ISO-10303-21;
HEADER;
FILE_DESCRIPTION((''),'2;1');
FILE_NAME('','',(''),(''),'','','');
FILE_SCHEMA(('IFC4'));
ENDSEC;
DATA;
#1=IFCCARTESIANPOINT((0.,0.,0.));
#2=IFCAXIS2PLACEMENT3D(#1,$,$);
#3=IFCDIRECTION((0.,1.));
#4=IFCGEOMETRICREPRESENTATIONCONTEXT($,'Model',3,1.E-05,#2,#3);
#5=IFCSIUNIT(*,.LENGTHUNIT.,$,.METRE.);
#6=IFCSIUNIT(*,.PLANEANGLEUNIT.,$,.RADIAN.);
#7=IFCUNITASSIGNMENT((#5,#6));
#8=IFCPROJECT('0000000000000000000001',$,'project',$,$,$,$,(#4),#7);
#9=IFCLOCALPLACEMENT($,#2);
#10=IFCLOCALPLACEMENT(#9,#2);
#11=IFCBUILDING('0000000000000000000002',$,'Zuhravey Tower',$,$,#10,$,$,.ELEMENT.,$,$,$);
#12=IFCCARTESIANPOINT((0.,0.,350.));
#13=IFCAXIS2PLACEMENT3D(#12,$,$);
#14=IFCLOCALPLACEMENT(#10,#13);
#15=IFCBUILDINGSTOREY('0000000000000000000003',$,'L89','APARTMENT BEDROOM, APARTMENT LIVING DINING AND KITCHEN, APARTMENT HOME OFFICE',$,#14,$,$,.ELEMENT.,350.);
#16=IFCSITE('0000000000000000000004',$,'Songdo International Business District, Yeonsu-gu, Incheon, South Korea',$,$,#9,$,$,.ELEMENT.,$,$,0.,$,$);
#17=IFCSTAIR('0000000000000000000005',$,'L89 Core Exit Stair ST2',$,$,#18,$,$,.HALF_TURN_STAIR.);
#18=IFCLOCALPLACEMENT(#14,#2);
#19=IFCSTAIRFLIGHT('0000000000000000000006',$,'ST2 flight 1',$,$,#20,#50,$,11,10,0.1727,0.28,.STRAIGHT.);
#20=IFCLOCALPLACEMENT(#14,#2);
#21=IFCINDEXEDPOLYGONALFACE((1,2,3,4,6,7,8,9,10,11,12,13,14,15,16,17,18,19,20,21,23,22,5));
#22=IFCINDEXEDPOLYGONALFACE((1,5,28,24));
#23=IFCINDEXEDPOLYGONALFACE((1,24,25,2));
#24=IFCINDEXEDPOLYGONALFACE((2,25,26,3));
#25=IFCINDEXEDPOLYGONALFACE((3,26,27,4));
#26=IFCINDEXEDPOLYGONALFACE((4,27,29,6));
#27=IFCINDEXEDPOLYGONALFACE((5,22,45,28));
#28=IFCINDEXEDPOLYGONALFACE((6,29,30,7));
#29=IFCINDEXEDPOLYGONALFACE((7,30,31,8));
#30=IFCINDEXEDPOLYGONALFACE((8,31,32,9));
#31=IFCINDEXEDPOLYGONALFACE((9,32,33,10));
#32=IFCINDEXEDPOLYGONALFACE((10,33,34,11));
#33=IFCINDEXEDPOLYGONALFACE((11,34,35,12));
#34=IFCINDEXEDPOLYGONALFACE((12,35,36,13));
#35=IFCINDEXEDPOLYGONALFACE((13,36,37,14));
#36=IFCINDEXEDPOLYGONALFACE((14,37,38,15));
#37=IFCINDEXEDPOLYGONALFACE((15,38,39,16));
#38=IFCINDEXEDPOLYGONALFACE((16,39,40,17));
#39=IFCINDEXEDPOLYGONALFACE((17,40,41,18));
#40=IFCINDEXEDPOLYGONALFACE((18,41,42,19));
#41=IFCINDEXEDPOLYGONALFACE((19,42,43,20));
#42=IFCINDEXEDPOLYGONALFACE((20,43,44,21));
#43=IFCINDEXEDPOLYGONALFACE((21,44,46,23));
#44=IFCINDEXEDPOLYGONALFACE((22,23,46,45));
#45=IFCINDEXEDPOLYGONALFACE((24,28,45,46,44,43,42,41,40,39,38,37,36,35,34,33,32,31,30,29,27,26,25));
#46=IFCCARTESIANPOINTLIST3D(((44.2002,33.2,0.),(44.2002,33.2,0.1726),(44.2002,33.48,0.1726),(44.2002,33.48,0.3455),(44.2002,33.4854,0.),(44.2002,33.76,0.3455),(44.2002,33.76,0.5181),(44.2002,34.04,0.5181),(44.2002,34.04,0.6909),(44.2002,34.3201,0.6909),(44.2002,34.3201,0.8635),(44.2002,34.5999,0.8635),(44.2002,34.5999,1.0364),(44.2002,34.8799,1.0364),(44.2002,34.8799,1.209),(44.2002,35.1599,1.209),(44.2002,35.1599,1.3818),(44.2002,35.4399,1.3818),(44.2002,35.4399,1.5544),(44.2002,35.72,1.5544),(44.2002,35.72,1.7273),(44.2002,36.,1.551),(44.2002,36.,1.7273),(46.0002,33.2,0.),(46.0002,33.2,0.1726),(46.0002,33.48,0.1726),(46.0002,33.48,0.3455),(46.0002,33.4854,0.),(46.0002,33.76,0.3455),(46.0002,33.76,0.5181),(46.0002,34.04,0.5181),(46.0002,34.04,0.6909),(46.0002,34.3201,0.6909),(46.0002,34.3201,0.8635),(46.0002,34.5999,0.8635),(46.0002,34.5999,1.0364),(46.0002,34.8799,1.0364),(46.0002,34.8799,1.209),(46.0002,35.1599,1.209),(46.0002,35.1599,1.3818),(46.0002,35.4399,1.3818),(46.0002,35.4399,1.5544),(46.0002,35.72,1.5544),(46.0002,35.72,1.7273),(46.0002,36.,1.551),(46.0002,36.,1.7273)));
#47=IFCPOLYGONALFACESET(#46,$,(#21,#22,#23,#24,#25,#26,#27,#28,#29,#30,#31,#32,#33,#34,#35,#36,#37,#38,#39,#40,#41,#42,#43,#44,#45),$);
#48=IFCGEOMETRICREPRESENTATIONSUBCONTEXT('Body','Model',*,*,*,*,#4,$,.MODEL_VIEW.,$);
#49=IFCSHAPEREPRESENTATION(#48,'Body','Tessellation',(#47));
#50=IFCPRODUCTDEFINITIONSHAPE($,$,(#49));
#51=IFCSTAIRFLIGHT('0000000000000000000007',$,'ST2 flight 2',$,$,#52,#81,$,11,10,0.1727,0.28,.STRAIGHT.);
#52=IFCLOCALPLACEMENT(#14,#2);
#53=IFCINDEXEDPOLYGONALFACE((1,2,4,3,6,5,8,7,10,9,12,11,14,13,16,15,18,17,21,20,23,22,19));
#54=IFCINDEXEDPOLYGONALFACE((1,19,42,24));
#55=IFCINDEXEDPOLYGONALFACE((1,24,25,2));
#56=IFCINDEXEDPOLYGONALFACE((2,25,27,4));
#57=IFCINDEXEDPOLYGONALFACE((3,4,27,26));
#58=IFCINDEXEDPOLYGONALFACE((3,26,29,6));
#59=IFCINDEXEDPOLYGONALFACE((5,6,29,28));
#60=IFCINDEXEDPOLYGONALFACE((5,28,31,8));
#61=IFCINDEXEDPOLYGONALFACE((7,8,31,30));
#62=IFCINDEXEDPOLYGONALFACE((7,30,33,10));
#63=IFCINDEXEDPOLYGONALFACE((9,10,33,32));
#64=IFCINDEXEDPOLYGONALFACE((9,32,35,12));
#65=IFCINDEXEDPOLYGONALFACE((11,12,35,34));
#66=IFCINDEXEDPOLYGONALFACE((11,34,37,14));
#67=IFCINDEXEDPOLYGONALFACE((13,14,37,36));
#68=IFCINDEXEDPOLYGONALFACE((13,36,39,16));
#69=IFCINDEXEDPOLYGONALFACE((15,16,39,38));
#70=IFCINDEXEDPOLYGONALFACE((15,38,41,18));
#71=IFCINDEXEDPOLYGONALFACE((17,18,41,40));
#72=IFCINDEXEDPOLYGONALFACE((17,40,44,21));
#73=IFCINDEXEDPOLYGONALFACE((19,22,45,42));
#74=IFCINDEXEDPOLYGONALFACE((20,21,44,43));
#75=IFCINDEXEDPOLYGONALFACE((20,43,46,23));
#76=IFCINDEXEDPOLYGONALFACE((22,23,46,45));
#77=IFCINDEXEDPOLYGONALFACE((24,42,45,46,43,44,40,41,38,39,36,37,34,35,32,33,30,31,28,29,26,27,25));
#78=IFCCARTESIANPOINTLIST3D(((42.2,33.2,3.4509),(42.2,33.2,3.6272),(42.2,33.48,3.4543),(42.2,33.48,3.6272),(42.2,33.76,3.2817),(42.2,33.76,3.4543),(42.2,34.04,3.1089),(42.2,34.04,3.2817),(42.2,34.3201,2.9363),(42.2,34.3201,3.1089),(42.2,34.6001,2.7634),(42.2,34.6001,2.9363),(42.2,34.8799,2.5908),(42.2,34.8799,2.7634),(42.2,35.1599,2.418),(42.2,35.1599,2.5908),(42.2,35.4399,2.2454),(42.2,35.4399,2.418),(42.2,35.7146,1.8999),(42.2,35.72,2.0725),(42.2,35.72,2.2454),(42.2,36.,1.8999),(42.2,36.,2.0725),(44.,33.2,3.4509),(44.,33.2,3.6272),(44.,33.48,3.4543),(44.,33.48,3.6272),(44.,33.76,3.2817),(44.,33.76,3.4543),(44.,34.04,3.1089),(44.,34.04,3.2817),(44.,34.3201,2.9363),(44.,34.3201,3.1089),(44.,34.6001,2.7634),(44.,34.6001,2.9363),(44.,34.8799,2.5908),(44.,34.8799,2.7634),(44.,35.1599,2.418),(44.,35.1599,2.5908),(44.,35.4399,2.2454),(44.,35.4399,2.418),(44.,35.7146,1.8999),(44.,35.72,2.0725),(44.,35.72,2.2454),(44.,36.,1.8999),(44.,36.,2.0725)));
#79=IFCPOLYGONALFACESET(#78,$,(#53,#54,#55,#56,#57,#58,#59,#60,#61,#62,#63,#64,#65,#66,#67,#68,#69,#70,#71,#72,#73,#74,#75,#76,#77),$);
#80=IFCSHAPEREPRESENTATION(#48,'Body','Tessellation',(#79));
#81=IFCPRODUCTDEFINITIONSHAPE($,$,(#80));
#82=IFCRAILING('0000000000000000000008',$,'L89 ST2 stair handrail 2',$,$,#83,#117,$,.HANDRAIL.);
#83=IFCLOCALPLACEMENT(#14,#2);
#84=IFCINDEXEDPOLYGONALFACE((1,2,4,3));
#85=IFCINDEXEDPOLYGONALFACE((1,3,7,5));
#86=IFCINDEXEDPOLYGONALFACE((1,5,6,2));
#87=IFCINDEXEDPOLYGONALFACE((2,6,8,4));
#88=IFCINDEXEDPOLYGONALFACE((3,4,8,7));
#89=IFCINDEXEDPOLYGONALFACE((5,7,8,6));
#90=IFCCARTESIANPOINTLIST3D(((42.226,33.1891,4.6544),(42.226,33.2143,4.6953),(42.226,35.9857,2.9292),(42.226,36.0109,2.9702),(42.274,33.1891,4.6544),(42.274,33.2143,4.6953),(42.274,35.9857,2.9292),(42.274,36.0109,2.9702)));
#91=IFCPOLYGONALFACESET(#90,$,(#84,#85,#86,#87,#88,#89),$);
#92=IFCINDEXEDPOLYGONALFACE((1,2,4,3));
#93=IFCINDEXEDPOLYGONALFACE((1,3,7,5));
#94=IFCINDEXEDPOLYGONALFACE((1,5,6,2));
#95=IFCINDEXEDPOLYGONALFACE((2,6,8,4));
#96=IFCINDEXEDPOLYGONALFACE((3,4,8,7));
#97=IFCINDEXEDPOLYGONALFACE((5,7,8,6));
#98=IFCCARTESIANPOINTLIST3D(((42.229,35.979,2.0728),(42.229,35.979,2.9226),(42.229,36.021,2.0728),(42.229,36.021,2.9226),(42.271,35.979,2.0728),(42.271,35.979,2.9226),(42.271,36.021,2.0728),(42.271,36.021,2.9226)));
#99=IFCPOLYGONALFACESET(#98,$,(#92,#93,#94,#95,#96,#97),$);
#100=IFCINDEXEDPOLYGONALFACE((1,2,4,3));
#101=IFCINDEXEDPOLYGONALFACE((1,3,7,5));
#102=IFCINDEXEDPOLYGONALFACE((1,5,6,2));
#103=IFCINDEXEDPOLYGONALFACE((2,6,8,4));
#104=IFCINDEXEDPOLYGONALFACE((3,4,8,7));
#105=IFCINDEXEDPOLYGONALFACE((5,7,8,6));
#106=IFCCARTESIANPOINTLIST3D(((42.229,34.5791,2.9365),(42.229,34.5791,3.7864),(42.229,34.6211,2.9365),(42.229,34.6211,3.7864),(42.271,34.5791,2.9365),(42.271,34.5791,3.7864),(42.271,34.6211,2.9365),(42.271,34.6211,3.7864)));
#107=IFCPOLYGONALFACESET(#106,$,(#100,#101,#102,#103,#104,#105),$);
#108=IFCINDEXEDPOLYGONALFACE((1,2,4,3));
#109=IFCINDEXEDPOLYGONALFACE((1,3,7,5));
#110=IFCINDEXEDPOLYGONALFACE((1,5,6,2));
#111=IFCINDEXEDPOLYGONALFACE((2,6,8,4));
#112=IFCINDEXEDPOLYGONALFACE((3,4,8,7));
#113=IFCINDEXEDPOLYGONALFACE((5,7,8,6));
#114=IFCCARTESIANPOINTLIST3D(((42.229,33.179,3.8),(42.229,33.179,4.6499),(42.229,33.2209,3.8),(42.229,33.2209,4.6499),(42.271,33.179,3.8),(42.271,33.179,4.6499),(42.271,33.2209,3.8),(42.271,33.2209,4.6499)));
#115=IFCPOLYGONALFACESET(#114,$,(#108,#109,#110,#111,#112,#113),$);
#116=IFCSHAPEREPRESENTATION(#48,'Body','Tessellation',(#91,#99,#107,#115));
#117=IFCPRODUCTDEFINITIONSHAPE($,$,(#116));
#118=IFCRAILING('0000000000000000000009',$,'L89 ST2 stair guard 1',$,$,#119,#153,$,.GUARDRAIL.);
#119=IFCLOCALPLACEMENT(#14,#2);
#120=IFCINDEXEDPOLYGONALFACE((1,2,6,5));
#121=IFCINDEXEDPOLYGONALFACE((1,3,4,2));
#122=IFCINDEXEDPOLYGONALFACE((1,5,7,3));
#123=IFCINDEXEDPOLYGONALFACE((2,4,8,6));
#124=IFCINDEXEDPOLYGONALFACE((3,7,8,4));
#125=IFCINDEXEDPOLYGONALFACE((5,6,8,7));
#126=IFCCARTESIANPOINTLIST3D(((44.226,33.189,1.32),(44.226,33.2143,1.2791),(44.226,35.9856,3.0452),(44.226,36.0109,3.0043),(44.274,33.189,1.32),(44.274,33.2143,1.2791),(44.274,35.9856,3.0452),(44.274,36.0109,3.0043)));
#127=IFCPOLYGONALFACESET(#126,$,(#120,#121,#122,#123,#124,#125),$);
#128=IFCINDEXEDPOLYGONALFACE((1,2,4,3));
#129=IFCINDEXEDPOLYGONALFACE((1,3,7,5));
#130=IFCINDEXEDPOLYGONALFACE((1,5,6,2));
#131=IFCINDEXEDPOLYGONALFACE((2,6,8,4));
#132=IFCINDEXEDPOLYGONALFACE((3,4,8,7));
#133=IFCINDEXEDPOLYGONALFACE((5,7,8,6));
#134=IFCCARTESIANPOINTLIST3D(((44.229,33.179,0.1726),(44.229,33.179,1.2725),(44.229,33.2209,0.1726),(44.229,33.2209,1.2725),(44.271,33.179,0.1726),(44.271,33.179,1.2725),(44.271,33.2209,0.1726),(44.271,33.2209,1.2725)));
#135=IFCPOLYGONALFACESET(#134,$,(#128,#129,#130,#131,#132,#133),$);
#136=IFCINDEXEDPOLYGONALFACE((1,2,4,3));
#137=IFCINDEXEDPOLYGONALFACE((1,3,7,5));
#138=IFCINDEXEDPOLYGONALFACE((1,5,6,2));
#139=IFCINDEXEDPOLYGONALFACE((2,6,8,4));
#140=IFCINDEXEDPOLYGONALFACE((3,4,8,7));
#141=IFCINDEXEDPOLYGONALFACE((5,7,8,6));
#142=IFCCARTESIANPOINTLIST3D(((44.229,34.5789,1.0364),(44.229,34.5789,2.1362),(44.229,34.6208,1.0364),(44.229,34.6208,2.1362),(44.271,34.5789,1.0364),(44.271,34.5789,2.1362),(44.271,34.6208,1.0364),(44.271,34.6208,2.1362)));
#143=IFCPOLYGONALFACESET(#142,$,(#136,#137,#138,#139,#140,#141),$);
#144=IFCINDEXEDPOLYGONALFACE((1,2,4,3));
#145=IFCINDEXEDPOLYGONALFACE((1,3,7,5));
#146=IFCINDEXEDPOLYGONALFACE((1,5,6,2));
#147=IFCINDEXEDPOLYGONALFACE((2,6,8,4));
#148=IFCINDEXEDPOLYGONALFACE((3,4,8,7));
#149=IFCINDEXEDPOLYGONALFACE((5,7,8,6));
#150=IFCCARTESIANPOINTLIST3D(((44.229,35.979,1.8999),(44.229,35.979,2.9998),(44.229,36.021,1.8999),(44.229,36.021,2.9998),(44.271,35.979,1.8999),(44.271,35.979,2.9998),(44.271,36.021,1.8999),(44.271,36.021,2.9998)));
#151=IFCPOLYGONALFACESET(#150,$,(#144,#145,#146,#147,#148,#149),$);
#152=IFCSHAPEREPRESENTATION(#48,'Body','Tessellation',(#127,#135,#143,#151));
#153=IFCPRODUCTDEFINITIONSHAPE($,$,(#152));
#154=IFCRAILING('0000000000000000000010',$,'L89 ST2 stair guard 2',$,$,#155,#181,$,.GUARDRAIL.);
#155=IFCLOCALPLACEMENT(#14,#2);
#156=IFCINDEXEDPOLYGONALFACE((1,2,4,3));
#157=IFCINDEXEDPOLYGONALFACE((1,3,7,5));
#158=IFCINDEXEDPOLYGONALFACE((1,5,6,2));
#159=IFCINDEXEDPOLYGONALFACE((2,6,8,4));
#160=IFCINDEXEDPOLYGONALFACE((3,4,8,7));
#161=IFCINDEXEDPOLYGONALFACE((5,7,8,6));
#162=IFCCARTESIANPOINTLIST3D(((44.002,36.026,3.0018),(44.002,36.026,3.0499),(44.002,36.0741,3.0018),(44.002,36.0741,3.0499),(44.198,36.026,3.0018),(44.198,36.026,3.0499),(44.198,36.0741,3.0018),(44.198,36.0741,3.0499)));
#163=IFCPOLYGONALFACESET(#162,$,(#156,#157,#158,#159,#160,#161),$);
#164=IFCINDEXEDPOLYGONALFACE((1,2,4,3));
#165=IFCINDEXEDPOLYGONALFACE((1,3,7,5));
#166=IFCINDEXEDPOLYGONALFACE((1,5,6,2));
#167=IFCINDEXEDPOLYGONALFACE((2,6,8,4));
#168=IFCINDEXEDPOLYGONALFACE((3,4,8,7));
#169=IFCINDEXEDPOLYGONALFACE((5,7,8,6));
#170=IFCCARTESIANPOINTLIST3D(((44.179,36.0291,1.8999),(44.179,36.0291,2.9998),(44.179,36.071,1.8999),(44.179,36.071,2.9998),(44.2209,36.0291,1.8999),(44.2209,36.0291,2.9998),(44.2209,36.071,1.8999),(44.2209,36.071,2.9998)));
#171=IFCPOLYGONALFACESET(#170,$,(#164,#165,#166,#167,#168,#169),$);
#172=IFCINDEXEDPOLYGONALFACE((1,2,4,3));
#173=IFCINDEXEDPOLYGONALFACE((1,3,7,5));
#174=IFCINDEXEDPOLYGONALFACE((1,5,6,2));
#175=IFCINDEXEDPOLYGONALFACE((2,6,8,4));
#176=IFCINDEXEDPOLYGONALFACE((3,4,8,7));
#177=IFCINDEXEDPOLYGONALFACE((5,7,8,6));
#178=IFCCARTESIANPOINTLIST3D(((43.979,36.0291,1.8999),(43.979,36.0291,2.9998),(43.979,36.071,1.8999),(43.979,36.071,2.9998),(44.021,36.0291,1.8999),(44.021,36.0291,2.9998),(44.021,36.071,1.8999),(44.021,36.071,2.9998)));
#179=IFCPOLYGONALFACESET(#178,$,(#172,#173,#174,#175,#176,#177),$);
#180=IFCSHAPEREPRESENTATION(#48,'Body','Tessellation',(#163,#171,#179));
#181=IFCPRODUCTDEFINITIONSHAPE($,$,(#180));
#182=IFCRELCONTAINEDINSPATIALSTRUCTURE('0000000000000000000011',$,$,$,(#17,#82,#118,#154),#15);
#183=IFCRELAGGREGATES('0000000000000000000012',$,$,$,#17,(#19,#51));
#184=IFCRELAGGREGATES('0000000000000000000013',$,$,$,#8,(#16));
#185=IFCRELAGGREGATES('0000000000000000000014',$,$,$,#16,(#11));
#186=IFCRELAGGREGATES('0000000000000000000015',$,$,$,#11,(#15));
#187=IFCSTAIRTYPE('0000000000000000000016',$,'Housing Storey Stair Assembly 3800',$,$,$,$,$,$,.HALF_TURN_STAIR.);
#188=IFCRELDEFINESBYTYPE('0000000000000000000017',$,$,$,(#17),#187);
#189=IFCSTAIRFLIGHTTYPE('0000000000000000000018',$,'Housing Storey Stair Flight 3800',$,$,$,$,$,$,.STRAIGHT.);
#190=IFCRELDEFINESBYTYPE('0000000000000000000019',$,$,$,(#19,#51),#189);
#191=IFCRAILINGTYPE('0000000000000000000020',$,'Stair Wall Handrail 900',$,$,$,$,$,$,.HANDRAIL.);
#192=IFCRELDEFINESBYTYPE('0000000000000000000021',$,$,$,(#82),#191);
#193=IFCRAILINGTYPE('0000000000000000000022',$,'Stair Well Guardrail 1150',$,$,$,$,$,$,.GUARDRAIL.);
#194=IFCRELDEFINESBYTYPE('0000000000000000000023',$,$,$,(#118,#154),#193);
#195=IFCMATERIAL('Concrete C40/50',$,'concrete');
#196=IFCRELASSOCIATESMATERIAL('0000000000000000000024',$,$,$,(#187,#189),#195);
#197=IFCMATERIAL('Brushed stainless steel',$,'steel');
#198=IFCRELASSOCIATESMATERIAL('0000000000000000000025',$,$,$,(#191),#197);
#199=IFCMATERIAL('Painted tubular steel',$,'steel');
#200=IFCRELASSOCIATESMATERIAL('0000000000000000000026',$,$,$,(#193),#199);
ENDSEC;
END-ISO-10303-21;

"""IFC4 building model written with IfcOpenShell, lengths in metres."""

from ifc_helpers import new_model, si_unit, direction, frame, origin, origin_2d, place, context, subcontext, project, spatial, polyline, rectangle, outline, extrude, material, type_object, element, aggregate, save


model = new_model("IFC4")

# Units and contexts
model_context = context("Model", 3, precision=1e-05, world=origin(), true_north=direction((0.0, 1.0)))
body_context = subcontext(model_context, "Body", "Model", "MODEL_VIEW")
ifc_project = project(units=[si_unit("LENGTHUNIT", "METRE"), si_unit("PLANEANGLEUNIT", "RADIAN")], contexts=[model_context])

# Site, building, storey
site_placement = place(None, origin())
site = spatial("IfcSite", under=ifc_project, at=site_placement, Name="Songdo International Business District, Yeonsu-gu, Incheon, South Korea", CompositionType="ELEMENT", RefElevation=0.0)
building_placement = place(site_placement, origin())
building = spatial("IfcBuilding", under=site, at=building_placement, Name="Zuhravey Tower", CompositionType="ELEMENT")
storey_placement = place(building_placement, frame((0.0, 0.0, 350.0)))
storey = spatial("IfcBuildingStorey", under=building, at=storey_placement, Name="L89", Description="APARTMENT BEDROOM, APARTMENT LIVING DINING AND KITCHEN, APARTMENT HOME OFFICE", CompositionType="ELEMENT", Elevation=350.0)

# Stair, stair flights
ifc_material_1 = material(Name="Concrete C40/50", Category="concrete")
stair_type = type_object("IfcStairType", Name="Housing Storey Stair Assembly 3800", PredefinedType="HALF_TURN_STAIR", material=ifc_material_1)
stair_placement = place(storey_placement, origin())
stair = element("IfcStair", 1, at=stair_placement, inside=storey, type_object=stair_type, Name="L89 Core Exit Stair ST2", PredefinedType="HALF_TURN_STAIR")
stair_flight_type = type_object("IfcStairFlightType", Name="Housing Storey Stair Flight 3800", PredefinedType="STRAIGHT", material=ifc_material_1)
stair_flight_1_placement = place(storey_placement, frame((45.1001, 33.2, 0.0), z_axis=(0.0, 0.0, 1.0), x_axis=(0.0, 1.0, 0.0)))
stair_flight_1 = element("IfcStairFlight", 2, at=stair_flight_1_placement, type_object=stair_flight_type, Name="ST2 flight 1", NumberOfRisers=11, NumberOfTreads=10, PredefinedType="STRAIGHT", RiserHeight=0.1727, TreadLength=0.28, context=body_context, shape_type="SweptSolid", body=[
    extrude(outline(polyline([(0.0, 0.0), (0.0, 0.1726), (0.28, 0.1726), (0.28, 0.3455), (0.5601, 0.3455), (0.5601, 0.5181), (0.8401, 0.5181), (0.8401, 0.6909), (1.1201, 0.6909), (1.1201, 0.8635), (1.3999, 0.8635), (1.3999, 1.0364), (1.6799, 1.0364), (1.6799, 1.209), (1.96, 1.209), (1.96, 1.3818), (2.24, 1.3818), (2.24, 1.5544), (2.52, 1.5544), (2.52, 1.7273), (2.8, 1.7273), (2.8, 1.8999), (2.8, 1.551), (0.2854, 0.0), (0.0, 0.0)])), frame((0.0, 0.8999, 0.0), z_axis=(0.0, -1.0, 0.0), x_axis=(1.0, 0.0, 0.0)), (0.0, 0.0, 1.0), 1.8),
])
stair_flight_2_placement = place(storey_placement, frame((43.1001, 36.0, 1.8999), z_axis=(0.0, 0.0, 1.0), x_axis=(0.0, -1.0, 0.0)))
stair_flight_2 = element("IfcStairFlight", 3, at=stair_flight_2_placement, type_object=stair_flight_type, Name="ST2 flight 2", NumberOfRisers=11, NumberOfTreads=10, PredefinedType="STRAIGHT", RiserHeight=0.1727, TreadLength=0.28, context=body_context, shape_type="SweptSolid", body=[
    extrude(outline(polyline([(0.0, 0.0), (0.0, 0.1726), (0.28, 0.1726), (0.28, 0.3455), (0.5601, 0.3455), (0.5601, 0.5181), (0.8401, 0.5181), (0.8401, 0.6909), (1.1201, 0.6909), (1.1201, 0.8635), (1.3999, 0.8635), (1.3999, 1.0364), (1.6799, 1.0364), (1.6799, 1.209), (1.96, 1.209), (1.96, 1.3818), (2.24, 1.3818), (2.24, 1.5544), (2.52, 1.5544), (2.52, 1.7273), (2.8, 1.7273), (2.8, 1.8999), (2.8, 1.551), (0.2854, 0.0), (0.0, 0.0)])), frame((0.0, 0.8999, 0.0), z_axis=(0.0, -1.0, 0.0), x_axis=(1.0, 0.0, 0.0)), (0.0, 0.0, 1.0), 1.8),
])
aggregate(stair, [stair_flight_1, stair_flight_2])

# Railings
ifc_material_2 = material(Name="Brushed stainless steel", Category="steel")
railing_type_1 = type_object("IfcRailingType", Name="Stair Wall Handrail 900", PredefinedType="HANDRAIL", material=ifc_material_2)
railing_1_placement = place(storey_placement, frame((42.25, 36.0, 2.0728)))
element("IfcRailing", 4, at=railing_1_placement, inside=storey, type_object=railing_type_1, Name="L89 ST2 stair handrail 2", PredefinedType="HANDRAIL", context=body_context, shape_type="SweptSolid", body=[
    extrude(rectangle(XDim=0.0481, YDim=0.0481, at=origin_2d()), frame((0.0, -0.0017, 0.877), z_axis=(0.0, -0.85109, 0.52502), x_axis=(1.0, 0.0, 0.0)), (0.0, 0.0, 1.0), 3.2859),
    extrude(rectangle(XDim=0.042, YDim=0.042, at=origin_2d()), origin(), (0.0, 0.0, 1.0), 0.8499),
    extrude(rectangle(XDim=0.042, YDim=0.042, at=origin_2d()), frame((0.0, -1.3999, 0.8638)), (0.0, 0.0, 1.0), 0.8499),
    extrude(rectangle(XDim=0.042, YDim=0.042, at=origin_2d()), frame((0.0, -2.8, 1.7273)), (0.0, 0.0, 1.0), 0.8499),
])
ifc_material_3 = material(Name="Painted tubular steel", Category="steel")
railing_type_2 = type_object("IfcRailingType", Name="Stair Well Guardrail 1150", PredefinedType="GUARDRAIL", material=ifc_material_3)
railing_2_placement = place(storey_placement, frame((44.25, 33.2, 0.1726)))
element("IfcRailing", 5, at=railing_2_placement, inside=storey, type_object=railing_type_2, Name="L89 ST2 stair guard 1", PredefinedType="GUARDRAIL", context=body_context, shape_type="SweptSolid", body=[
    extrude(rectangle(XDim=0.0481, YDim=0.0481, at=origin_2d()), frame((0.0, 0.0017, 1.127), z_axis=(0.0, 0.85109, 0.52502), x_axis=(-1.0, 0.0, 0.0)), (0.0, 0.0, 1.0), 3.2859),
    extrude(rectangle(XDim=0.042, YDim=0.042, at=origin_2d()), origin(), (0.0, 0.0, 1.0), 1.0999),
    extrude(rectangle(XDim=0.042, YDim=0.042, at=origin_2d()), frame((0.0, 1.3999, 0.8638)), (0.0, 0.0, 1.0), 1.0999),
    extrude(rectangle(XDim=0.042, YDim=0.042, at=origin_2d()), frame((0.0, 2.8, 1.7273)), (0.0, 0.0, 1.0), 1.0999),
])
railing_3_placement = place(storey_placement, frame((44.2, 36.05, 1.8999)))
element("IfcRailing", 6, at=railing_3_placement, inside=storey, type_object=railing_type_2, Name="L89 ST2 stair guard 2", PredefinedType="GUARDRAIL", context=body_context, shape_type="SweptSolid", body=[
    extrude(rectangle(XDim=0.0481, YDim=0.0481, at=origin_2d()), frame((-0.002, 0.0, 1.126), z_axis=(-1.0, 0.0, 0.0), x_axis=(0.0, -1.0, 0.0)), (0.0, 0.0, 1.0), 0.196),
    extrude(rectangle(XDim=0.042, YDim=0.042, at=origin_2d()), origin(), (0.0, 0.0, 1.0), 1.0999),
    extrude(rectangle(XDim=0.042, YDim=0.042, at=origin_2d()), frame((-0.2, 0.0, 0.0)), (0.0, 0.0, 1.0), 1.0999),
])

save(model, "model.ifc")
